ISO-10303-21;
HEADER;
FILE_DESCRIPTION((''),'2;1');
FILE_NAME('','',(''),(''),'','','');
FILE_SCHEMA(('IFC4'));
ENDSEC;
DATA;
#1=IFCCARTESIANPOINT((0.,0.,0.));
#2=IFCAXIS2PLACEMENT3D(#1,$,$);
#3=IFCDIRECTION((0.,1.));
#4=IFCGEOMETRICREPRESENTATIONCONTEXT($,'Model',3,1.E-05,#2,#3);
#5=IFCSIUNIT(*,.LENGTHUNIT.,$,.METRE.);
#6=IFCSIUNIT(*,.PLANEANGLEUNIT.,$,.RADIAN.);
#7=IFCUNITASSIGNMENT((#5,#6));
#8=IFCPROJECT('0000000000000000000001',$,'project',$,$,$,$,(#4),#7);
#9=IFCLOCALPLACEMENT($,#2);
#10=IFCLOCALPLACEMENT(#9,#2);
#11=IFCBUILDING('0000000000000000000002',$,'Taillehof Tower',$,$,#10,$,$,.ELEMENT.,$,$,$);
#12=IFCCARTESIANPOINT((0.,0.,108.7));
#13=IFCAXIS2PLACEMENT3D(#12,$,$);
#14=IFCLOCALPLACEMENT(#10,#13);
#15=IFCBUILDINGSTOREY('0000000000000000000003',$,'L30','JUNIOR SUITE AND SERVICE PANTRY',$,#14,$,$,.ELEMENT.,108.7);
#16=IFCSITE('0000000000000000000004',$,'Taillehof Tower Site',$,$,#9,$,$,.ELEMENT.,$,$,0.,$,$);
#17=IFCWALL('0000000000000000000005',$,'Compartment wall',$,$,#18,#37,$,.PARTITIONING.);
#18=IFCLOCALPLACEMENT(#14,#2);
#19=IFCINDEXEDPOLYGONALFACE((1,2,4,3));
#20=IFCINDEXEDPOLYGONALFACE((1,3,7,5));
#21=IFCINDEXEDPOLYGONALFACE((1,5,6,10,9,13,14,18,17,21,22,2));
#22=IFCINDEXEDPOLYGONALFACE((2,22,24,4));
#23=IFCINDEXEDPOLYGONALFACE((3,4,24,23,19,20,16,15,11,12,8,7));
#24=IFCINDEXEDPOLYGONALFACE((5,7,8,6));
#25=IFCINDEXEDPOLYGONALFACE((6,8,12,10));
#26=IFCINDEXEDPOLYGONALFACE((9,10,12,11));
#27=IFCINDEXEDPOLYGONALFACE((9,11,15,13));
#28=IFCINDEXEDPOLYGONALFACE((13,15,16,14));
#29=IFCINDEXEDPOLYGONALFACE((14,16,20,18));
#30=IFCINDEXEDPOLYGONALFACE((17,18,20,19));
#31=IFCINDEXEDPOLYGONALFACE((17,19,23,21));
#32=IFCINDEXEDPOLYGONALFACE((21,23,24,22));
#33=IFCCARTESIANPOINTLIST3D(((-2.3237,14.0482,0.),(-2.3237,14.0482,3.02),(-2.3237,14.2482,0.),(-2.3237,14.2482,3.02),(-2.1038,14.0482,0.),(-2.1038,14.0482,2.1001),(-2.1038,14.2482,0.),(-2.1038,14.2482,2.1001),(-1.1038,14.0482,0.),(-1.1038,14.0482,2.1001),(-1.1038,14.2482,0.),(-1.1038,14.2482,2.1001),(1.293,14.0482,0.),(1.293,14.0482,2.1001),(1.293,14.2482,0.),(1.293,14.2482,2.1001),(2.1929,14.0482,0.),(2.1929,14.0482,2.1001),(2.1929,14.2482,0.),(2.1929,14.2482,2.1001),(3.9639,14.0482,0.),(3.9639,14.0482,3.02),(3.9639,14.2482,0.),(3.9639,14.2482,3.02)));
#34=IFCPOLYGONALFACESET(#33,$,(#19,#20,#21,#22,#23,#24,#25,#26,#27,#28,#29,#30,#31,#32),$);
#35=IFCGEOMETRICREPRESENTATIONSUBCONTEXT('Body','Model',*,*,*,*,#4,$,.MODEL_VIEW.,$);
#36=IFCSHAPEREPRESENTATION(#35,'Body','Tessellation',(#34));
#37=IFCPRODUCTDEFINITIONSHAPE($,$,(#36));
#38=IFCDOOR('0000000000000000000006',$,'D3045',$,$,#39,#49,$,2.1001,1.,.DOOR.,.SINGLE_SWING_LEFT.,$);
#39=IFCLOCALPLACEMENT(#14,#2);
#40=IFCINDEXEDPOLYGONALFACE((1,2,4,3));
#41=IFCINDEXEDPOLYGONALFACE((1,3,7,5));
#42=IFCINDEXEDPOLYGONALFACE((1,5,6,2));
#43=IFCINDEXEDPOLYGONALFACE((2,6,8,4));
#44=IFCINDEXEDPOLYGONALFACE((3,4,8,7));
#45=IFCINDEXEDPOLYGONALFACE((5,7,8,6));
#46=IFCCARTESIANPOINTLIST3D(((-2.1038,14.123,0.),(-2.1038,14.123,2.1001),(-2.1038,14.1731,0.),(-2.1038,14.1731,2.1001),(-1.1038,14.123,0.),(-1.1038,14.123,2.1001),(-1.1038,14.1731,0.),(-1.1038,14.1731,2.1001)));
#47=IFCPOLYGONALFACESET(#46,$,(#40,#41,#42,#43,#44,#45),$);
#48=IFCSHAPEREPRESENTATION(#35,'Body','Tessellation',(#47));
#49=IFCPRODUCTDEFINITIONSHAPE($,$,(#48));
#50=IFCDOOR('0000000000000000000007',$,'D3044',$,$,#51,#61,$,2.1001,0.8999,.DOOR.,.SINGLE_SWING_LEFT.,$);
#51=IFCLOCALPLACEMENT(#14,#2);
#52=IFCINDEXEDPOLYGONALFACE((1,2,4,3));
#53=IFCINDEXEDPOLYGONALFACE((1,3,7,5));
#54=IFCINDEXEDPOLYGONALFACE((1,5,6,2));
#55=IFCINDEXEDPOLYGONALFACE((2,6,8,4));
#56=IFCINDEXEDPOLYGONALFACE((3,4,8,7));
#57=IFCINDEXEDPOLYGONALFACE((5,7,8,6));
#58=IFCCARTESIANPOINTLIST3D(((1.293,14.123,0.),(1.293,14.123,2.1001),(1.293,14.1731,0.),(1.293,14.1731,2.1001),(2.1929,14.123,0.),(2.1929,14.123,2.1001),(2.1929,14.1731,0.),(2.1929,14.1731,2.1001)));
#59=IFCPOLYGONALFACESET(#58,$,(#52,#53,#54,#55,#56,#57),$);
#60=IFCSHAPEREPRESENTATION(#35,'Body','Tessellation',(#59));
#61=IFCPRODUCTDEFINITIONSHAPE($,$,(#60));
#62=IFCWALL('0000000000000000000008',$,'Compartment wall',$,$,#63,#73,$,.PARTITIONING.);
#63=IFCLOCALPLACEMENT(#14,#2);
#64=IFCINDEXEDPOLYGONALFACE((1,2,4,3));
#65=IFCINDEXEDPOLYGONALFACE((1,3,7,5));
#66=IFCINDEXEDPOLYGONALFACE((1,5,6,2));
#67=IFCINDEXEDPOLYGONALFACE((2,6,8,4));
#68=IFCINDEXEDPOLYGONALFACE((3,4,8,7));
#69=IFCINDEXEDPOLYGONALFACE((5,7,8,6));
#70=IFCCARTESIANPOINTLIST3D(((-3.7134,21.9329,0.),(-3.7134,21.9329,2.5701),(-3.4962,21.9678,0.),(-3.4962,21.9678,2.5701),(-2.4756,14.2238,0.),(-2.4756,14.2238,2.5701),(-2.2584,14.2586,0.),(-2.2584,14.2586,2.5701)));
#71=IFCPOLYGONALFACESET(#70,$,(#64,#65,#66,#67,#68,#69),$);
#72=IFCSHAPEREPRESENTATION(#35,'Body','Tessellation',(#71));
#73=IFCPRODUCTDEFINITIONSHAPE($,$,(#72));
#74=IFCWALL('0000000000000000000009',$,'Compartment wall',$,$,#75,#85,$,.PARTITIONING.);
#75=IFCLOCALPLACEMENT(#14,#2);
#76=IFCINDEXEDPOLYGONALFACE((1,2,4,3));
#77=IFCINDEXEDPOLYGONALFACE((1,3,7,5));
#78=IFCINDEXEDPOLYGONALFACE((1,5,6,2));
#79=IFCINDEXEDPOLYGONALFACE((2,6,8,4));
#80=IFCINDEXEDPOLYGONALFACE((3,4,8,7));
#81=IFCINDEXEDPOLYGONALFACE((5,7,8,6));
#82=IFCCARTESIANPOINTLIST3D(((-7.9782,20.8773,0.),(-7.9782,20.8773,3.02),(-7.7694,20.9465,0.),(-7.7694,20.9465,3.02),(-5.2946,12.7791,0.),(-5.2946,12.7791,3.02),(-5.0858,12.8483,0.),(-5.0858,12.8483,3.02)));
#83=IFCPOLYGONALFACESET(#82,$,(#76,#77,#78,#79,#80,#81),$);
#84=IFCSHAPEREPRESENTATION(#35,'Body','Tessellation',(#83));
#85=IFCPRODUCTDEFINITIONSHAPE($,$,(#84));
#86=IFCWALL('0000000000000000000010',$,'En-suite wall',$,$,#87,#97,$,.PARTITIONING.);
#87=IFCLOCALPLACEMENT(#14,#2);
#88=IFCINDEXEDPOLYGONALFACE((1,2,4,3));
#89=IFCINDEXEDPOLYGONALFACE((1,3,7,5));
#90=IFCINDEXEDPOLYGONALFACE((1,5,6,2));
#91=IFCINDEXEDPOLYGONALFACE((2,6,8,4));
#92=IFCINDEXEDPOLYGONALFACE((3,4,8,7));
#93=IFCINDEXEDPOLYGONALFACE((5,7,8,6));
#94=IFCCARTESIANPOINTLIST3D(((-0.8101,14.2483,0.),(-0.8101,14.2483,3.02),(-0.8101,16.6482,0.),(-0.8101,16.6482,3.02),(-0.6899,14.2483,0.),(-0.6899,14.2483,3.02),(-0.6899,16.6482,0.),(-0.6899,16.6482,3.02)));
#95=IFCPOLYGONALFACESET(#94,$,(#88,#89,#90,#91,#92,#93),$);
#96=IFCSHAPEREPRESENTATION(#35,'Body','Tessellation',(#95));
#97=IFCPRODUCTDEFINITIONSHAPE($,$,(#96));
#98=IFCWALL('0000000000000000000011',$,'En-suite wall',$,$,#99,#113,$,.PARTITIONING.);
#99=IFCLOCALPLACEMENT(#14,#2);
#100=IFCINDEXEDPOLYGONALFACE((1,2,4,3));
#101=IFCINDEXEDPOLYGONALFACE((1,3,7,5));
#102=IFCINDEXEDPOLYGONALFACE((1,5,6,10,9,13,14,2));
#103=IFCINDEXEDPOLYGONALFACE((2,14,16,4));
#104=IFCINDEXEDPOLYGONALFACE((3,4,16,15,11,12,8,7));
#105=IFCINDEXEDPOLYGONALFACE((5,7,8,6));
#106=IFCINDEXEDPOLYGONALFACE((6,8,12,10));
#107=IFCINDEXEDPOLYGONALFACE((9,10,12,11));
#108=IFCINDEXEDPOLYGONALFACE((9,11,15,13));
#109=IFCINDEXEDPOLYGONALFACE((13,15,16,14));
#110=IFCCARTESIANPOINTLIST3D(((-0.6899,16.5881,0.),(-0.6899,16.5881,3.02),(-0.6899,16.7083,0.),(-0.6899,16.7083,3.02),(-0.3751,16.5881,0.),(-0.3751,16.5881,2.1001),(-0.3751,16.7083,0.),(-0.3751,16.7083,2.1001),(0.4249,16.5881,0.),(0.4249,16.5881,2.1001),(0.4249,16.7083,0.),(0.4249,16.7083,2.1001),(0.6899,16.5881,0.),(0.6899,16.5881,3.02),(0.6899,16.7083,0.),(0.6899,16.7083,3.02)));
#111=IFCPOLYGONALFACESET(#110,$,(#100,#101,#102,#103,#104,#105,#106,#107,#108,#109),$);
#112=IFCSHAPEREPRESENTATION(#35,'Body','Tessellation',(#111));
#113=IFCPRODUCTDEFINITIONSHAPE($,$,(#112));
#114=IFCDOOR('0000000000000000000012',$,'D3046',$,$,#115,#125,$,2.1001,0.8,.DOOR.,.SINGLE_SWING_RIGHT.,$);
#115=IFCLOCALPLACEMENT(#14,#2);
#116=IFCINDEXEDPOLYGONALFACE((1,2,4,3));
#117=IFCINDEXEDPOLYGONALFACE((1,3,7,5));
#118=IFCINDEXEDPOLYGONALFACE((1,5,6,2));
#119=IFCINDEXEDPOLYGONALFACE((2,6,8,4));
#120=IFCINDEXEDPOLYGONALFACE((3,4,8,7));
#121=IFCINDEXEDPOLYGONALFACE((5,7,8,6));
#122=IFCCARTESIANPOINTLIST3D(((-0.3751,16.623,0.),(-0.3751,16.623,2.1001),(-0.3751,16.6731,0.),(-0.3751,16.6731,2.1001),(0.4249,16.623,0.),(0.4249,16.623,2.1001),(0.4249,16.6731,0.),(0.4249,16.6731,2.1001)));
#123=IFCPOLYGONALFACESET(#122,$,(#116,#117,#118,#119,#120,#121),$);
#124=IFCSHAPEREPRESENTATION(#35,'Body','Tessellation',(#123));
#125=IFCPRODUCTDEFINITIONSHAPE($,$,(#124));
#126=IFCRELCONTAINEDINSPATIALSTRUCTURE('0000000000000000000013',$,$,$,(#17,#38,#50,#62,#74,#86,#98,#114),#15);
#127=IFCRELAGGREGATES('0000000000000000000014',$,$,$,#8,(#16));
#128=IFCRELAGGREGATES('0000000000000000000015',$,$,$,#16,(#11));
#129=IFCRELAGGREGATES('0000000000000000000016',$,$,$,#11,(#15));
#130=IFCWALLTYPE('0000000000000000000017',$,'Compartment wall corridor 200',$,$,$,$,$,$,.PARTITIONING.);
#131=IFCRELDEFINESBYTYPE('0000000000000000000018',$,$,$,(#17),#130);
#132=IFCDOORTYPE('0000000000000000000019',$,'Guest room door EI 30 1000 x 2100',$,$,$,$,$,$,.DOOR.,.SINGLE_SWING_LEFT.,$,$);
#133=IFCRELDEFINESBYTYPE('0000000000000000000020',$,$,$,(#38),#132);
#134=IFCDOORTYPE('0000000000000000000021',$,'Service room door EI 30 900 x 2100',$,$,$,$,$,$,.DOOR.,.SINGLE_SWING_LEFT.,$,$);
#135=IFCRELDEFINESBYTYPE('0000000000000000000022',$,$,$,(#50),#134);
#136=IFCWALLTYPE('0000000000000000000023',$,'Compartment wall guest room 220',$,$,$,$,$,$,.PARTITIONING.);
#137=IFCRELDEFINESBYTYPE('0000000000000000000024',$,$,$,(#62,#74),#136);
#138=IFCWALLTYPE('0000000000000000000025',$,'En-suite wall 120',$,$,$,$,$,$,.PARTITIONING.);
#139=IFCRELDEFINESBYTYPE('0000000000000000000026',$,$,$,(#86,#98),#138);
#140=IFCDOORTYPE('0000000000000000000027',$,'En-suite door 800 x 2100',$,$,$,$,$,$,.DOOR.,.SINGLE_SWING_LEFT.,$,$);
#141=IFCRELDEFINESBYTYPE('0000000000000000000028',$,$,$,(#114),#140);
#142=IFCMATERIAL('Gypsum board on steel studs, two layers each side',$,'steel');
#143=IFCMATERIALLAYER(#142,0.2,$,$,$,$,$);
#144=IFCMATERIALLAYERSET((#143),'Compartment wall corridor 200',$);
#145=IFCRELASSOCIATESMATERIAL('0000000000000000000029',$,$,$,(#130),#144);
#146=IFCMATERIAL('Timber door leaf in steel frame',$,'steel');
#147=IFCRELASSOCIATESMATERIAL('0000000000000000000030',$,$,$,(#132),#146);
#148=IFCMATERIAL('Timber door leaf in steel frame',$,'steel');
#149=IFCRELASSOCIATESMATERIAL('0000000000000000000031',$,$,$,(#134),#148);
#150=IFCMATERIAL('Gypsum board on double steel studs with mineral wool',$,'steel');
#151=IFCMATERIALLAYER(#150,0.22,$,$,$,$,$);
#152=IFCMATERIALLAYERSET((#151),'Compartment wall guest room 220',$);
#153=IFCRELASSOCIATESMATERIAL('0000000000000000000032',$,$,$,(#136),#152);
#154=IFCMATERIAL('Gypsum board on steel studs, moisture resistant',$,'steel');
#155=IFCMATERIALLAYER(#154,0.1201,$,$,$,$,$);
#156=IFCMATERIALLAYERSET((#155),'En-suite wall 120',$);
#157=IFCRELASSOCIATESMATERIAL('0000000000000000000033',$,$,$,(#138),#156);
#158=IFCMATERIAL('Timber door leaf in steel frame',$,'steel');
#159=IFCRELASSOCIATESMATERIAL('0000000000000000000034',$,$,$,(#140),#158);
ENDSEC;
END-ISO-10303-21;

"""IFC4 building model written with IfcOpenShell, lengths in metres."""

from ifc_helpers import new_model, si_unit, direction, frame, frame_2d, origin, place, context, subcontext, project, spatial, rectangle, extrude, material, layer, layer_set, type_object, element, fill, save


model = new_model("IFC4")

# Units and contexts
model_context = context("Model", 3, precision=1e-05, world=origin(), true_north=direction((0.0, 1.0)))
body_context = subcontext(model_context, "Body", "Model", "MODEL_VIEW")
ifc_project = project(units=[si_unit("LENGTHUNIT", "METRE"), si_unit("PLANEANGLEUNIT", "RADIAN")], contexts=[model_context])

# Site, building, storey
site_placement = place(None, origin())
site = spatial("IfcSite", under=ifc_project, at=site_placement, Name="Taillehof Tower Site", CompositionType="ELEMENT", RefElevation=0.0)
building_placement = place(site_placement, origin())
building = spatial("IfcBuilding", under=site, at=building_placement, Name="Taillehof Tower", CompositionType="ELEMENT")
storey_placement = place(building_placement, frame((0.0, 0.0, 108.7)))
storey = spatial("IfcBuildingStorey", under=building, at=storey_placement, Name="L30", Description="JUNIOR SUITE AND SERVICE PANTRY", CompositionType="ELEMENT", Elevation=108.7)

# Shared definitions
ifc_material_1 = material(Name="Gypsum board on steel studs, two layers each side", Category="steel")
ifc_layer_1 = layer(ifc_material_1, 0.2)
ifc_layer_set_1 = layer_set([ifc_layer_1], Name="Compartment wall corridor 200")
wall_type_1 = type_object("IfcWallType", Name="Compartment wall corridor 200", PredefinedType="PARTITIONING", material=ifc_layer_set_1)

# Wall, openings, doors
wall_1_placement = place(storey_placement, frame((-2.3237, 14.1482, 0.0), z_axis=(0.0, 0.0, 1.0), x_axis=(1.0, 0.0, 0.0)))
wall_1 = element("IfcWall", 1, at=wall_1_placement, inside=storey, type_object=wall_type_1, Name="Compartment wall", PredefinedType="PARTITIONING", context=body_context, shape_type="SweptSolid", body=[
    extrude(rectangle(XDim=6.2876, YDim=0.2, at=frame_2d((3.1438, 0.0))), origin(), (0.0, 0.0, 1.0), 3.02),
])
opening_1_placement = place(wall_1_placement, frame((3.6167, 0.0, 0.0)))
opening_1 = element("IfcOpeningElement", 2, at=opening_1_placement, cuts=wall_1, PredefinedType="OPENING", context=body_context, shape_type="SweptSolid", body=[
    extrude(rectangle(XDim=0.8999, YDim=2.1001, at=frame_2d((0.45, 1.05))), frame((0.0, 0.1099, 0.0), z_axis=(0.0, -1.0, 0.0), x_axis=(1.0, 0.0, 0.0)), (0.0, 0.0, 1.0), 0.22),
])
opening_2_placement = place(wall_1_placement, frame((0.22, 0.0, 0.0)))
opening_2 = element("IfcOpeningElement", 3, at=opening_2_placement, cuts=wall_1, PredefinedType="OPENING", context=body_context, shape_type="SweptSolid", body=[
    extrude(rectangle(XDim=1.0, YDim=2.1001, at=frame_2d((0.5, 1.05))), frame((0.0, 0.1099, 0.0), z_axis=(0.0, -1.0, 0.0), x_axis=(1.0, 0.0, 0.0)), (0.0, 0.0, 1.0), 0.22),
])
ifc_material_2 = material(Name="Timber door leaf in steel frame", Category="steel")
door_type_1 = type_object("IfcDoorType", Name="Guest room door EI 30 1000 x 2100", OperationType="SINGLE_SWING_LEFT", PredefinedType="DOOR", material=ifc_material_2)
door_1_placement = place(opening_2_placement, origin())
door_1 = element("IfcDoor", 4, at=door_1_placement, inside=storey, type_object=door_type_1, Name="D3045", OperationType="SINGLE_SWING_LEFT", OverallHeight=2.1001, OverallWidth=1.0, PredefinedType="DOOR", context=body_context, shape_type="SweptSolid", body=[
    extrude(rectangle(XDim=1.0, YDim=2.1001, at=frame_2d((0.5, 1.05))), frame((0.0, 0.0249, 0.0), z_axis=(0.0, -1.0, 0.0), x_axis=(1.0, 0.0, 0.0)), (0.0, 0.0, 1.0), 0.05),
])
fill(opening_2, door_1)
ifc_material_3 = material(Name="Timber door leaf in steel frame", Category="steel")
door_type_2 = type_object("IfcDoorType", Name="Service room door EI 30 900 x 2100", OperationType="SINGLE_SWING_LEFT", PredefinedType="DOOR", material=ifc_material_3)
door_2_placement = place(opening_1_placement, origin())
door_2 = element("IfcDoor", 5, at=door_2_placement, inside=storey, type_object=door_type_2, Name="D3044", OperationType="SINGLE_SWING_LEFT", OverallHeight=2.1001, OverallWidth=0.8999, PredefinedType="DOOR", context=body_context, shape_type="SweptSolid", body=[
    extrude(rectangle(XDim=0.8999, YDim=2.1001, at=frame_2d((0.45, 1.05))), frame((0.0, 0.0249, 0.0), z_axis=(0.0, -1.0, 0.0), x_axis=(1.0, 0.0, 0.0)), (0.0, 0.0, 1.0), 0.05),
])
fill(opening_1, door_2)

# Walls
ifc_material_4 = material(Name="Gypsum board on double steel studs with mineral wool", Category="steel")
ifc_layer_2 = layer(ifc_material_4, 0.22)
ifc_layer_set_2 = layer_set([ifc_layer_2], Name="Compartment wall guest room 220")
wall_type_2 = type_object("IfcWallType", Name="Compartment wall guest room 220", PredefinedType="PARTITIONING", material=ifc_layer_set_2)
wall_2_placement = place(storey_placement, frame((-3.6047, 21.9502, 0.0), z_axis=(0.0, 0.0, 1.0), x_axis=(0.158529, -0.987354, 0.0)))
element("IfcWall", 6, at=wall_2_placement, inside=storey, type_object=wall_type_2, Name="Compartment wall", PredefinedType="PARTITIONING", context=body_context, shape_type="SweptSolid", body=[
    extrude(rectangle(XDim=7.8079, YDim=0.22, at=frame_2d((3.9038, 0.0))), origin(), (0.0, 0.0, 1.0), 2.5701),
])
wall_3_placement = place(storey_placement, frame((-7.8738, 20.9119, 0.0), z_axis=(0.0, 0.0, 1.0), x_axis=(0.314562, -0.949237, 0.0)))
element("IfcWall", 7, at=wall_3_placement, inside=storey, type_object=wall_type_2, Name="Compartment wall", PredefinedType="PARTITIONING", context=body_context, shape_type="SweptSolid", body=[
    extrude(rectangle(XDim=8.5312, YDim=0.22, at=frame_2d((4.2656, 0.0))), origin(), (0.0, 0.0, 1.0), 3.02),
])
ifc_material_5 = material(Name="Gypsum board on steel studs, moisture resistant", Category="steel")
ifc_layer_3 = layer(ifc_material_5, 0.1201)
ifc_layer_set_3 = layer_set([ifc_layer_3], Name="En-suite wall 120")
wall_type_3 = type_object("IfcWallType", Name="En-suite wall 120", PredefinedType="PARTITIONING", material=ifc_layer_set_3)
wall_4_placement = place(storey_placement, frame((-0.75, 14.2483, 0.0), z_axis=(0.0, 0.0, 1.0), x_axis=(0.0, 1.0, 0.0)))
element("IfcWall", 8, at=wall_4_placement, inside=storey, type_object=wall_type_3, Name="En-suite wall", PredefinedType="PARTITIONING", context=body_context, shape_type="SweptSolid", body=[
    extrude(rectangle(XDim=2.3999, YDim=0.1201, at=frame_2d((1.2, 0.0))), origin(), (0.0, 0.0, 1.0), 3.02),
])

# Wall, opening, door
wall_5_placement = place(storey_placement, frame((-0.6899, 16.6482, 0.0), z_axis=(0.0, 0.0, 1.0), x_axis=(1.0, 0.0, 0.0)))
wall_5 = element("IfcWall", 9, at=wall_5_placement, inside=storey, type_object=wall_type_3, Name="En-suite wall", PredefinedType="PARTITIONING", context=body_context, shape_type="SweptSolid", body=[
    extrude(rectangle(XDim=1.3799, YDim=0.1201, at=frame_2d((0.6899, 0.0))), origin(), (0.0, 0.0, 1.0), 3.02),
])
opening_3_placement = place(wall_5_placement, frame((0.3149, 0.0, 0.0)))
opening_3 = element("IfcOpeningElement", 10, at=opening_3_placement, cuts=wall_5, PredefinedType="OPENING", context=body_context, shape_type="SweptSolid", body=[
    extrude(rectangle(XDim=0.8, YDim=2.1001, at=frame_2d((0.3999, 1.05))), frame((0.0, 0.0701, 0.0), z_axis=(0.0, -1.0, 0.0), x_axis=(1.0, 0.0, 0.0)), (0.0, 0.0, 1.0), 0.1401),
])
ifc_material_6 = material(Name="Timber door leaf in steel frame", Category="steel")
door_type_3 = type_object("IfcDoorType", Name="En-suite door 800 x 2100", OperationType="SINGLE_SWING_LEFT", PredefinedType="DOOR", material=ifc_material_6)
door_3_placement = place(opening_3_placement, origin())
door_3 = element("IfcDoor", 11, at=door_3_placement, inside=storey, type_object=door_type_3, Name="D3046", OperationType="SINGLE_SWING_RIGHT", OverallHeight=2.1001, OverallWidth=0.8, PredefinedType="DOOR", context=body_context, shape_type="SweptSolid", body=[
    extrude(rectangle(XDim=0.8, YDim=2.1001, at=frame_2d((0.3999, 1.05))), frame((0.0, 0.0249, 0.0), z_axis=(0.0, -1.0, 0.0), x_axis=(1.0, 0.0, 0.0)), (0.0, 0.0, 1.0), 0.05),
])
fill(opening_3, door_3)

save(model, "model.ifc")
